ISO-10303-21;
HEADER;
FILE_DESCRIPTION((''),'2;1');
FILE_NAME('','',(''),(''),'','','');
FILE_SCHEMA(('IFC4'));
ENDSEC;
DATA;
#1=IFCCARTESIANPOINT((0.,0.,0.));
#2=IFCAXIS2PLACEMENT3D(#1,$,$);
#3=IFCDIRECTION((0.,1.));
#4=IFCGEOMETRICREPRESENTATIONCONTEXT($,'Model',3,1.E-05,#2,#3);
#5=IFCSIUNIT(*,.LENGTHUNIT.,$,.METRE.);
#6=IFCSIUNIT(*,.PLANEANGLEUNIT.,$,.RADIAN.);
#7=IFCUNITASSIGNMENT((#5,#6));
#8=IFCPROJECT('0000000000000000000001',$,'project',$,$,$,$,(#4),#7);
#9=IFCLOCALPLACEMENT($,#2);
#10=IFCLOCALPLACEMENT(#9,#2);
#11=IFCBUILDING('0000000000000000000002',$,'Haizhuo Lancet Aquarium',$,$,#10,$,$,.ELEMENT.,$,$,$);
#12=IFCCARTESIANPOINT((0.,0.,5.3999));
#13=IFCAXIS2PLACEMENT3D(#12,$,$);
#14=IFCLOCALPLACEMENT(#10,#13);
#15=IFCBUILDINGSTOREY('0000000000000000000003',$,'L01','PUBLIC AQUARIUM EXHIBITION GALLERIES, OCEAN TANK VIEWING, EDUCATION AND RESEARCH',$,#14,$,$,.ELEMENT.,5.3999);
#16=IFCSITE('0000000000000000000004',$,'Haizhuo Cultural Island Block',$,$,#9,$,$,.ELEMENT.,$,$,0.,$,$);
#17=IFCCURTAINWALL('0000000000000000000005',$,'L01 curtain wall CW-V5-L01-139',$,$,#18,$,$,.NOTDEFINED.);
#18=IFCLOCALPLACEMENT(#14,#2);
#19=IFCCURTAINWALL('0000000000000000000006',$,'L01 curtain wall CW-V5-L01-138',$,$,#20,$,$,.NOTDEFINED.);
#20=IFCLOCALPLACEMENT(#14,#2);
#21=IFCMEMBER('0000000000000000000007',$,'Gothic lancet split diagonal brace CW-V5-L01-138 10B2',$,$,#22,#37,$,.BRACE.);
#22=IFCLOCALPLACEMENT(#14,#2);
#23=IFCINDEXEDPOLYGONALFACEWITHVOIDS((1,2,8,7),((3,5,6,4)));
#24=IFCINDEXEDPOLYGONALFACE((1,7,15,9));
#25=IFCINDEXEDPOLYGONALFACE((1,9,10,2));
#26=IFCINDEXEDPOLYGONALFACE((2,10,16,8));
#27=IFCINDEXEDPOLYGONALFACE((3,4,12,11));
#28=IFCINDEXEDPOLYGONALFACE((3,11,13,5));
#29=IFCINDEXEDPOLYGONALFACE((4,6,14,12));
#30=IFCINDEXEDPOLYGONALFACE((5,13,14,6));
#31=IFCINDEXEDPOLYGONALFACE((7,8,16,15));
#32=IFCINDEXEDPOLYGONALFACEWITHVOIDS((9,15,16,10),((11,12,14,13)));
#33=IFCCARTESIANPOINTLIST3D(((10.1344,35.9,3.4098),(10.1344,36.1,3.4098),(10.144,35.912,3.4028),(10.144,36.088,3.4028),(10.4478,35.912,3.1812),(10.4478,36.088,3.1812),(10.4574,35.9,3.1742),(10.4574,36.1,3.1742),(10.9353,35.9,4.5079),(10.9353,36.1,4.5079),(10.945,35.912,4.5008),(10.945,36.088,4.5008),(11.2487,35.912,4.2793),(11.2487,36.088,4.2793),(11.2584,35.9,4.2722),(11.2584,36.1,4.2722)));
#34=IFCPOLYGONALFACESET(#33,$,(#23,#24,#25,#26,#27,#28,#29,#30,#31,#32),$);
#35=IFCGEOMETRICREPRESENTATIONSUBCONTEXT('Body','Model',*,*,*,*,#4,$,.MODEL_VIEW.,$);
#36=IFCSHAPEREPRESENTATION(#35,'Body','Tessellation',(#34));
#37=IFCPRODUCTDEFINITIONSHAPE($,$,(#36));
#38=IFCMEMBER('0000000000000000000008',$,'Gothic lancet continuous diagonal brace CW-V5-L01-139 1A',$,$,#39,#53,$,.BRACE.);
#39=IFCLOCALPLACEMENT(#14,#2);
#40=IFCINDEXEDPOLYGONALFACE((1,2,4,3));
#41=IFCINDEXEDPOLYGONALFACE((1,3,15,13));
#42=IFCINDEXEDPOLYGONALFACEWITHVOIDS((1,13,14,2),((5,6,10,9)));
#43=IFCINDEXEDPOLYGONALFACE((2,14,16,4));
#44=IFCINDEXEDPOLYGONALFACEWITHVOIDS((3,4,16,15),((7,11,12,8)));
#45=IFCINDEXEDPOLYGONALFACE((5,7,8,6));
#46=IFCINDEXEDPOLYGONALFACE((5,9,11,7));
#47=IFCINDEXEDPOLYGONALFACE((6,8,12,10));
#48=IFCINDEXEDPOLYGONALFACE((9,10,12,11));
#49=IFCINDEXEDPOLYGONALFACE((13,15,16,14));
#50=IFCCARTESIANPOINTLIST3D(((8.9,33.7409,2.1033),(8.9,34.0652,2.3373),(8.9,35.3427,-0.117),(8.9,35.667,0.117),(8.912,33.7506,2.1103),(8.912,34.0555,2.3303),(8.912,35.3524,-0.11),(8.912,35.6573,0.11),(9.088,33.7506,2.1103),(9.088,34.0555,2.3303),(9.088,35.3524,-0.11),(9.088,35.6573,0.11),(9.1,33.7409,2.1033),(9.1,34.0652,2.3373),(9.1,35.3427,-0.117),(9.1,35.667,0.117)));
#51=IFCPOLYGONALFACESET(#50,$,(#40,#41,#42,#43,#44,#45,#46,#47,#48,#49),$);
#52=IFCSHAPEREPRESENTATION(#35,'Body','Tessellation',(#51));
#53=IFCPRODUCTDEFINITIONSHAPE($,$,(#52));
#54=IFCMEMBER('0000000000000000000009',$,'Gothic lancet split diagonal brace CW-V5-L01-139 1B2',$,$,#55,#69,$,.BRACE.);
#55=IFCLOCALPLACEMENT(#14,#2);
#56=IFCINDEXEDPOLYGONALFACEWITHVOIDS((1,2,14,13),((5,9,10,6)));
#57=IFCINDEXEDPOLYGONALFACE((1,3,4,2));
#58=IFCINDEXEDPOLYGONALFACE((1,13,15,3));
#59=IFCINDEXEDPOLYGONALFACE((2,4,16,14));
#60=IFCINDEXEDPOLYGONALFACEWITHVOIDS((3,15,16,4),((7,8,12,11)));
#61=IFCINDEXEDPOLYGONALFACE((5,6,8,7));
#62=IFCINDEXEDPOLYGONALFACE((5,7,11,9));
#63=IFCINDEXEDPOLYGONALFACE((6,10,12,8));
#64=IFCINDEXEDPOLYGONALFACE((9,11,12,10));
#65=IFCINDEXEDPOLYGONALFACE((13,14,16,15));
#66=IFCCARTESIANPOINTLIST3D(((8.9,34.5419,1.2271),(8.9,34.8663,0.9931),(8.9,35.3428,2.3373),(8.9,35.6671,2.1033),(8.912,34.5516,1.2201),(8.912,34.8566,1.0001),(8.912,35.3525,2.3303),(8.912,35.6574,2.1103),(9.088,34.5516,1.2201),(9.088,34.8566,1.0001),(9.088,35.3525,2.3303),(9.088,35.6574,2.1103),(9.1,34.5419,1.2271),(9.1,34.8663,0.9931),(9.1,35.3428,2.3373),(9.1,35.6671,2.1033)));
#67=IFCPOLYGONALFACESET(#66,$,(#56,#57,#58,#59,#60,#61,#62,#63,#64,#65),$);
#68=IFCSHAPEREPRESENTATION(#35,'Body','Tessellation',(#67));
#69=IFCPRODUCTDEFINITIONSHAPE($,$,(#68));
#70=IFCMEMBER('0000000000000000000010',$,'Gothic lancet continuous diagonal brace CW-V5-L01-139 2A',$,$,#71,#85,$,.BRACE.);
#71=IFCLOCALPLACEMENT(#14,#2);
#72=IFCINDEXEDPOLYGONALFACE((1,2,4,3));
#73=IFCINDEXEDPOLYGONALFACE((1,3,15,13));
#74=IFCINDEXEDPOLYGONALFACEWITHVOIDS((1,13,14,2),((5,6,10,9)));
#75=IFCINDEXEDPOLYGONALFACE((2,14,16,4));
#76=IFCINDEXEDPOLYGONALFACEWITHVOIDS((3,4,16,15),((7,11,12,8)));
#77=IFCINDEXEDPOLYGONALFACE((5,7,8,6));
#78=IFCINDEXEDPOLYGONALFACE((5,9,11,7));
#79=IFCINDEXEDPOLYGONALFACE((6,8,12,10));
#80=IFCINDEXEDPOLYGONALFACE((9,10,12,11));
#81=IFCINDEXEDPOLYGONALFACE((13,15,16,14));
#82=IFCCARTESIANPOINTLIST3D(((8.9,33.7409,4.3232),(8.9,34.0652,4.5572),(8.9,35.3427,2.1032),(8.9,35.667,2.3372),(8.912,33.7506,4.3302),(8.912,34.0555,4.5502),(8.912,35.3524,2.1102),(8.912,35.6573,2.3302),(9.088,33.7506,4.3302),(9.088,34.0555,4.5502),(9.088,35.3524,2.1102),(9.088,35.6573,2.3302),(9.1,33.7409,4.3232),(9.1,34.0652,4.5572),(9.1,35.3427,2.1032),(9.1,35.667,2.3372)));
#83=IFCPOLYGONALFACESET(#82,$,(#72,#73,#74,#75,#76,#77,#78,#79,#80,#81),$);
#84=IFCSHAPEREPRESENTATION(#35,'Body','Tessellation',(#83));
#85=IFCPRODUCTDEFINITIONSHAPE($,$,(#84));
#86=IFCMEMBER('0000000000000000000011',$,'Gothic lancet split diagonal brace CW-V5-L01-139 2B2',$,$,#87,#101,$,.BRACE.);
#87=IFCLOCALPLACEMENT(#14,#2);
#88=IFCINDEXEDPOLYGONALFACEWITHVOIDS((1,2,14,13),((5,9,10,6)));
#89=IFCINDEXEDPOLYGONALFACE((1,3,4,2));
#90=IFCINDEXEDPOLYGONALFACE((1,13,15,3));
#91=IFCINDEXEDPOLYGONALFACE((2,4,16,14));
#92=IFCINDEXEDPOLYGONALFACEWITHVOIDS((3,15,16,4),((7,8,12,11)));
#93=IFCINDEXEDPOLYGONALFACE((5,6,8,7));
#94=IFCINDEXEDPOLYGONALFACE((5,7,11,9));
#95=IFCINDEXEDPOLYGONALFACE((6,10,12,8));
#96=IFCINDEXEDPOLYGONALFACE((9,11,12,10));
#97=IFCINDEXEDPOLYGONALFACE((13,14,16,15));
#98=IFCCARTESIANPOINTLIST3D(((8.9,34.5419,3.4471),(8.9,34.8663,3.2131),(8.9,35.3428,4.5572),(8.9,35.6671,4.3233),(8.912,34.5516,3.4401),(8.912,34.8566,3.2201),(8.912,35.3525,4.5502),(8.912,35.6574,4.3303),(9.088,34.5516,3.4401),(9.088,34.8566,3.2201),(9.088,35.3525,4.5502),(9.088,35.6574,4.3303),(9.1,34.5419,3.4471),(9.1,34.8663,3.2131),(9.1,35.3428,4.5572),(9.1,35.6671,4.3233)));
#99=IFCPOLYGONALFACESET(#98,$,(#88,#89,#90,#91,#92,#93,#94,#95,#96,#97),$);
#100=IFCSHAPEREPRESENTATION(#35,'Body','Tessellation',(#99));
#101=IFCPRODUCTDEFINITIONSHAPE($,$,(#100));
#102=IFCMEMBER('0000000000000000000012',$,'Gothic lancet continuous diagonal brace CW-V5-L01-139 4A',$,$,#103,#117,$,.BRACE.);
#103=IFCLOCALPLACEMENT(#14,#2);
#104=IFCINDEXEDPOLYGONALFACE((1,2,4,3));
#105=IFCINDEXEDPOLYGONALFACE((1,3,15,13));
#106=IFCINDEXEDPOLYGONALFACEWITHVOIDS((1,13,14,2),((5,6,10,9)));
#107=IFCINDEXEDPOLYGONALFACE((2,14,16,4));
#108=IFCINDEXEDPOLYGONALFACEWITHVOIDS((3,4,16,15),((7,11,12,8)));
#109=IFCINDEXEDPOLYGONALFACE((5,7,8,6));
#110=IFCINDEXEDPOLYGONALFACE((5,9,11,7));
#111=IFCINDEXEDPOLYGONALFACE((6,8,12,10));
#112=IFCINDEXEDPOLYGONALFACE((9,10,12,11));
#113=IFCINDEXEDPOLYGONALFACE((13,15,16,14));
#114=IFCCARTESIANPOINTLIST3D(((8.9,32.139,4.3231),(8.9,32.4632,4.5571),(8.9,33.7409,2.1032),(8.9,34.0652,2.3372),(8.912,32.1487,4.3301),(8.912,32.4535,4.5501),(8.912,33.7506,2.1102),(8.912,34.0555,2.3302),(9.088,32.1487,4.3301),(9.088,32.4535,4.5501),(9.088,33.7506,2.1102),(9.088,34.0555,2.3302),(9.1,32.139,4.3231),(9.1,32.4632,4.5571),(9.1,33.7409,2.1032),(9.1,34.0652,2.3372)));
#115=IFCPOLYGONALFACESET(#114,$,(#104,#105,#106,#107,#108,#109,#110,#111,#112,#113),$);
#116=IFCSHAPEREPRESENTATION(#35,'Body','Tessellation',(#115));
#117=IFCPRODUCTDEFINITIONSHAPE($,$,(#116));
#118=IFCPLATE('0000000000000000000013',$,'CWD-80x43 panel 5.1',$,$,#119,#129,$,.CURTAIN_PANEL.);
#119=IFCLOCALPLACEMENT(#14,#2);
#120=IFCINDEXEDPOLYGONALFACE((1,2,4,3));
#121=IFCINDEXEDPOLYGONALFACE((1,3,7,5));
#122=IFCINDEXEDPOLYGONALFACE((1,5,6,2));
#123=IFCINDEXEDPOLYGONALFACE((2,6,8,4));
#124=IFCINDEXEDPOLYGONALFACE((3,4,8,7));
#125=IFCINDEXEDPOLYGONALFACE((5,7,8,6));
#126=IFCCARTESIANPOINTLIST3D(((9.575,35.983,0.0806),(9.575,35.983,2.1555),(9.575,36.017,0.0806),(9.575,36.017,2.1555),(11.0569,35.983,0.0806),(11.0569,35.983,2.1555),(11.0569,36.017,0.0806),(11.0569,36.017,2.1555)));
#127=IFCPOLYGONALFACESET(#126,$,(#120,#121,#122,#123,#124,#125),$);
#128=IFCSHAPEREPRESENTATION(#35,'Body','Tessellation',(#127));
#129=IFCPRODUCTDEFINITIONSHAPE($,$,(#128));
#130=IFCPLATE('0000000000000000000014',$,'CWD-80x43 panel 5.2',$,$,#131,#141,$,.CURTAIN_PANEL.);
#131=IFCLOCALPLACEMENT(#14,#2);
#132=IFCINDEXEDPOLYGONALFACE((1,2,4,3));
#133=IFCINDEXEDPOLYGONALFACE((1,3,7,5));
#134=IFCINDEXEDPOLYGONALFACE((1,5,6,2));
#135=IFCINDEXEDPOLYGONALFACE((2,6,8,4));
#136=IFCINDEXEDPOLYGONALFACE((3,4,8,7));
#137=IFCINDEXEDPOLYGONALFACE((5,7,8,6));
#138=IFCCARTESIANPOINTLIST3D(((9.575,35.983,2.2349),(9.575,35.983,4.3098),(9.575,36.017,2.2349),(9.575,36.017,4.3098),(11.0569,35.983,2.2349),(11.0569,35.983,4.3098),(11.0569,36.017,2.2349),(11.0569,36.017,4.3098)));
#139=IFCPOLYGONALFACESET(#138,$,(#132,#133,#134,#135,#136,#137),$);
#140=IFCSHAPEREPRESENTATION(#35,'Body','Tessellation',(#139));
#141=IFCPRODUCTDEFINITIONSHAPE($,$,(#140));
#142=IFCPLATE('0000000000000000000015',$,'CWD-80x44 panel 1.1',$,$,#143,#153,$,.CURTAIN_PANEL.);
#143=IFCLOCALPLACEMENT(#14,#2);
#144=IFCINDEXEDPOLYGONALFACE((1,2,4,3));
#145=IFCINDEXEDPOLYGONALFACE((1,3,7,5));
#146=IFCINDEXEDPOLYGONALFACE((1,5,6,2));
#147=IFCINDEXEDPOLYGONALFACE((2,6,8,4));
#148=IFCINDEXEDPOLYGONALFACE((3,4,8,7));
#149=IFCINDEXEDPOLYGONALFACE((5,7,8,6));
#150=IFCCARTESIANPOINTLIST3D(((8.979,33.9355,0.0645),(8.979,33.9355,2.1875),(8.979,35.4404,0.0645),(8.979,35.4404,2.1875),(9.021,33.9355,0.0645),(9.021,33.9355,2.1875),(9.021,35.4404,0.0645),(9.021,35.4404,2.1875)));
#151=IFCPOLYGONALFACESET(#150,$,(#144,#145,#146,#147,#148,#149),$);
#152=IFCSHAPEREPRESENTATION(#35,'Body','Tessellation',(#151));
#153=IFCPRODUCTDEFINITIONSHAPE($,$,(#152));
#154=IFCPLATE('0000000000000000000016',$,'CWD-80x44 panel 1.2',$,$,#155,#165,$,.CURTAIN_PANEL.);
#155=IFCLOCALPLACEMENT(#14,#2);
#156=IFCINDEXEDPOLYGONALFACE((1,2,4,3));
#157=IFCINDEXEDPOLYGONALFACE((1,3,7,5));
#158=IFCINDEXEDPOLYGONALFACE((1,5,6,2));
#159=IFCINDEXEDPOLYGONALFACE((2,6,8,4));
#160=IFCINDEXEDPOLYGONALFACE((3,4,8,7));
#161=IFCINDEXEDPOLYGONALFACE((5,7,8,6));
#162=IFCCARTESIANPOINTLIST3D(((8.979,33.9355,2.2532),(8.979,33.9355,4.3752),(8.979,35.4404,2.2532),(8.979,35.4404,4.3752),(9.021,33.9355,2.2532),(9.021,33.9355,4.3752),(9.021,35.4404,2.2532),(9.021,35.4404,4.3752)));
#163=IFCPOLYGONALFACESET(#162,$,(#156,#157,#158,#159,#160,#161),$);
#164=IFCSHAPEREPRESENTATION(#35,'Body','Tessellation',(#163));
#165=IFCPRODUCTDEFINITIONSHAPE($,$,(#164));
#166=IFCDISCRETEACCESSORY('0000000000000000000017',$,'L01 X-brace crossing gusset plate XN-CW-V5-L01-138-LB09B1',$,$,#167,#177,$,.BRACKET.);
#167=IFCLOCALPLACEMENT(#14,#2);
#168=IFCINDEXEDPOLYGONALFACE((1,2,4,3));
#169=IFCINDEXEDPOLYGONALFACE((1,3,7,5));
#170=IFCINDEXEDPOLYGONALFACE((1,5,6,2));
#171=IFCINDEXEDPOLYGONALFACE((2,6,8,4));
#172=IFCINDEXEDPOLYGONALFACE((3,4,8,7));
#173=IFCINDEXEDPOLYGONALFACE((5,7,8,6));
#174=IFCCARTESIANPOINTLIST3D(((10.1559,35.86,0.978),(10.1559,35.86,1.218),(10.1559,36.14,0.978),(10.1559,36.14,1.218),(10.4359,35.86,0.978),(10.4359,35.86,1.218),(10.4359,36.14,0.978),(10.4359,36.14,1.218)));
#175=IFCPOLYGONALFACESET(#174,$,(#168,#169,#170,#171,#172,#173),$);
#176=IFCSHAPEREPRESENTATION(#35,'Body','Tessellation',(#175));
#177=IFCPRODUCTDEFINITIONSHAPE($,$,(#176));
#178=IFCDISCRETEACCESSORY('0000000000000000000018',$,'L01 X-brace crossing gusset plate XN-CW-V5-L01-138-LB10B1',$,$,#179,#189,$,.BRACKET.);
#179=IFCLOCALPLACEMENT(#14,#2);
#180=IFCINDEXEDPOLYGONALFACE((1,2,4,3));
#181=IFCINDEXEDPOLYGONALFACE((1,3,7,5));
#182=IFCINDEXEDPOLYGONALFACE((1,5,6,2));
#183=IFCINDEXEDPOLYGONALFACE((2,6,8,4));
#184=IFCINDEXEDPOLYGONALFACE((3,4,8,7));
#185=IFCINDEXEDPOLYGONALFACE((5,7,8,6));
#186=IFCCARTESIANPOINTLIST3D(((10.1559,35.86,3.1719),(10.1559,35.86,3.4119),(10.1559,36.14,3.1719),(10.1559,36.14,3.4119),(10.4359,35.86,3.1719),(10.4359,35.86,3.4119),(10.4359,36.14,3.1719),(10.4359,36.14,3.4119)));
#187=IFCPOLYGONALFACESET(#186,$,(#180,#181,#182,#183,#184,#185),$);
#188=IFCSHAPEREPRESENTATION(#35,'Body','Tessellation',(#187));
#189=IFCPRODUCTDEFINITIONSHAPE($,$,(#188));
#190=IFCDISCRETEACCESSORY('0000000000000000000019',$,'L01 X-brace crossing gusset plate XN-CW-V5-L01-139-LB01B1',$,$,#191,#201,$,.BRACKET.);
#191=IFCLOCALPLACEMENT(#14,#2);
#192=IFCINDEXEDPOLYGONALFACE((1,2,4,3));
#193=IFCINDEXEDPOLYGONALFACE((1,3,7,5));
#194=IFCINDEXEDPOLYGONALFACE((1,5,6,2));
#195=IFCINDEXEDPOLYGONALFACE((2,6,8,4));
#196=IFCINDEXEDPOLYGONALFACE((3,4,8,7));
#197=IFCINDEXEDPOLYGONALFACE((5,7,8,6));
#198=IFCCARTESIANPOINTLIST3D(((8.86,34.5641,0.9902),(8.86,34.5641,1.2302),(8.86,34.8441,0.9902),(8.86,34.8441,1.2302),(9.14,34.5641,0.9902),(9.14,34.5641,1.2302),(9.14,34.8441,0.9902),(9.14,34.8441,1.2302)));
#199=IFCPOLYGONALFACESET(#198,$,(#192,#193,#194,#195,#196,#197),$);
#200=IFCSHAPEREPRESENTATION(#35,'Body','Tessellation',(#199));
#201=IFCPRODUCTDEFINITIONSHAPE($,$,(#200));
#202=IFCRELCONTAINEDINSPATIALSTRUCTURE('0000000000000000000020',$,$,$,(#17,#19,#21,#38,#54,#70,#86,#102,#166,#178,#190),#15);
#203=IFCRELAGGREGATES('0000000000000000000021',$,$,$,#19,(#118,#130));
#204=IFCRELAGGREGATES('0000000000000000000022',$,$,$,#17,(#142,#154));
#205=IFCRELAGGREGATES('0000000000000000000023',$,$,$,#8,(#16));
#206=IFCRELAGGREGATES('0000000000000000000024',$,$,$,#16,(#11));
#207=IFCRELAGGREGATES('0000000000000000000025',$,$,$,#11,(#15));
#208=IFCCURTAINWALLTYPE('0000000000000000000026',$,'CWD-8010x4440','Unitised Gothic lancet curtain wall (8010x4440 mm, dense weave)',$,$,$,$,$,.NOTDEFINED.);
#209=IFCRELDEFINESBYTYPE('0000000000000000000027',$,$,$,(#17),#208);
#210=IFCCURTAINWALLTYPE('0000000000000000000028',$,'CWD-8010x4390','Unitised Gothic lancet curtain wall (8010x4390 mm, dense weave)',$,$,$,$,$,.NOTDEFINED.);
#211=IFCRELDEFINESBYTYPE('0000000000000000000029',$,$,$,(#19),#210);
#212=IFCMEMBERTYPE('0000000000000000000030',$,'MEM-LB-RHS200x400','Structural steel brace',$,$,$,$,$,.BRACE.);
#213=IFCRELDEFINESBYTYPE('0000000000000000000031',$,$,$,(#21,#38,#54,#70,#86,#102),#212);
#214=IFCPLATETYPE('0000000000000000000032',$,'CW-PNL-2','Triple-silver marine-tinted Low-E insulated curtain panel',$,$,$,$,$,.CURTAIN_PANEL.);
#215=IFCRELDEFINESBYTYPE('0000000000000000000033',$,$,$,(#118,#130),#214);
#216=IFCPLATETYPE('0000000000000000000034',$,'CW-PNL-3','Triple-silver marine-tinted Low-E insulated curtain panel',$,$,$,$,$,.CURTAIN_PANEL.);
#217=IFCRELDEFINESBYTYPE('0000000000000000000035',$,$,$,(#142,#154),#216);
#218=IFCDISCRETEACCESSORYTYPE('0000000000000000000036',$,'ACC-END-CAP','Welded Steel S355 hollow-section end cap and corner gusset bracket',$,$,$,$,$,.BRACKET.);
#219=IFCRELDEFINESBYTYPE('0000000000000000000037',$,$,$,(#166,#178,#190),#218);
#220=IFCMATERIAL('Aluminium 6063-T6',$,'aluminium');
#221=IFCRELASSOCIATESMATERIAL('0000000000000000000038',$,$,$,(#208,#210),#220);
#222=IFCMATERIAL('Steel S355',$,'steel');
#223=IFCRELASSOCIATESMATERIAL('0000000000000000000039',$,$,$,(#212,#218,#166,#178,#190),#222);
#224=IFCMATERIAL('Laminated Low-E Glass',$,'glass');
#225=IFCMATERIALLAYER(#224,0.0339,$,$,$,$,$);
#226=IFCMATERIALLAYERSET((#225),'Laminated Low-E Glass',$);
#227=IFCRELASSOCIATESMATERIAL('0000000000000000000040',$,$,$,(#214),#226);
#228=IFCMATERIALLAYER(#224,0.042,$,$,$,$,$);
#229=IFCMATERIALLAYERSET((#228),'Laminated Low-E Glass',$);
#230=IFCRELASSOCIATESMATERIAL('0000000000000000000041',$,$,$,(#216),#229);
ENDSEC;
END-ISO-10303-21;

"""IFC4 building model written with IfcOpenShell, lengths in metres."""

from ifc_helpers import new_model, si_unit, direction, frame, origin, origin_2d, place, context, subcontext, project, spatial, rectangle, hollow_rectangle, extrude, material, layer, layer_set, material_profile, profile_set, type_object, element, aggregate, save


model = new_model("IFC4")

# Units and contexts
model_context = context("Model", 3, precision=1e-05, world=origin(), true_north=direction((0.0, 1.0)))
body_context = subcontext(model_context, "Body", "Model", "MODEL_VIEW")
ifc_project = project(units=[si_unit("LENGTHUNIT", "METRE"), si_unit("PLANEANGLEUNIT", "RADIAN")], contexts=[model_context])

# Site, building, storey
site_placement = place(None, origin())
site = spatial("IfcSite", under=ifc_project, at=site_placement, Name="Haizhuo Cultural Island Block", CompositionType="ELEMENT", RefElevation=0.0)
building_placement = place(site_placement, origin())
building = spatial("IfcBuilding", under=site, at=building_placement, Name="Haizhuo Lancet Aquarium", CompositionType="ELEMENT")
storey_placement = place(building_placement, frame((0.0, 0.0, 5.3999)))
storey = spatial("IfcBuildingStorey", under=building, at=storey_placement, Name="L01", Description="PUBLIC AQUARIUM EXHIBITION GALLERIES, OCEAN TANK VIEWING, EDUCATION AND RESEARCH", CompositionType="ELEMENT", Elevation=5.3999)

# Curtain walls
ifc_material_1 = material(Name="Aluminium 6063-T6", Category="aluminium")
curtain_wall_type_1 = type_object("IfcCurtainWallType", Name="CWD-8010x4440", Description="Unitised Gothic lancet curtain wall (8010x4440 mm, dense weave)", PredefinedType="NOTDEFINED", material=ifc_material_1)
curtain_wall_1_placement = place(storey_placement, origin())
curtain_wall_1 = element("IfcCurtainWall", 1, at=curtain_wall_1_placement, inside=storey, type_object=curtain_wall_type_1, Name="L01 curtain wall CW-V5-L01-139", PredefinedType="NOTDEFINED")
curtain_wall_type_2 = type_object("IfcCurtainWallType", Name="CWD-8010x4390", Description="Unitised Gothic lancet curtain wall (8010x4390 mm, dense weave)", PredefinedType="NOTDEFINED", material=ifc_material_1)
curtain_wall_2_placement = place(storey_placement, origin())
curtain_wall_2 = element("IfcCurtainWall", 2, at=curtain_wall_2_placement, inside=storey, type_object=curtain_wall_type_2, Name="L01 curtain wall CW-V5-L01-138", PredefinedType="NOTDEFINED")

# Members
ifc_material_2 = material(Name="Steel S355", Category="steel")
ifc_material_profile_1 = material_profile(ifc_material_2, hollow_rectangle(XDim=0.2, YDim=0.3999, WallThickness=0.012, at=origin_2d()), Name="RHS 200x400x12")
ifc_profile_set_1 = profile_set([ifc_material_profile_1], Name="Steel S355")
member_type_1 = type_object("IfcMemberType", Name="MEM-LB-RHS200x400", Description="Structural steel brace", PredefinedType="BRACE", material=ifc_profile_set_1)
member_1_placement = place(storey_placement, frame((10.2959, 36.0, 3.292), z_axis=(0.589314, 0.0, 0.807904), x_axis=(0.0, 1.0, 0.0)))
element("IfcMember", 3, at=member_1_placement, inside=storey, type_object=member_type_1, Name="Gothic lancet split diagonal brace CW-V5-L01-138 10B2", PredefinedType="BRACE", context=body_context, shape_type="SweptSolid", body=[
    extrude(hollow_rectangle(XDim=0.2, YDim=0.3999, WallThickness=0.012, at=origin_2d()), origin(), (0.0, 0.0, 1.0), 1.3591),
])
member_2_placement = place(storey_placement, frame((9.0, 35.5049, 0.0), z_axis=(0.0, -0.585087, 0.810971), x_axis=(1.0, 0.0, 0.0)))
element("IfcMember", 4, at=member_2_placement, inside=storey, type_object=member_type_1, Name="Gothic lancet continuous diagonal brace CW-V5-L01-139 1A", PredefinedType="BRACE", context=body_context, shape_type="SweptSolid", body=[
    extrude(hollow_rectangle(XDim=0.2, YDim=0.3999, WallThickness=0.012, at=origin_2d()), origin(), (0.0, 0.0, 1.0), 2.7378),
])
member_3_placement = place(storey_placement, frame((9.0, 34.7041, 1.1101), z_axis=(0.0, 0.585028, 0.811013), x_axis=(-1.0, 0.0, 0.0)))
element("IfcMember", 5, at=member_3_placement, inside=storey, type_object=member_type_1, Name="Gothic lancet split diagonal brace CW-V5-L01-139 1B2", PredefinedType="BRACE", context=body_context, shape_type="SweptSolid", body=[
    extrude(hollow_rectangle(XDim=0.2, YDim=0.3999, WallThickness=0.012, at=origin_2d()), origin(), (0.0, 0.0, 1.0), 1.3689),
])
member_4_placement = place(storey_placement, frame((9.0, 35.5049, 2.2202), z_axis=(0.0, -0.585129, 0.81094), x_axis=(1.0, 0.0, 0.0)))
element("IfcMember", 6, at=member_4_placement, inside=storey, type_object=member_type_1, Name="Gothic lancet continuous diagonal brace CW-V5-L01-139 2A", PredefinedType="BRACE", context=body_context, shape_type="SweptSolid", body=[
    extrude(hollow_rectangle(XDim=0.2, YDim=0.3999, WallThickness=0.012, at=origin_2d()), origin(), (0.0, 0.0, 1.0), 2.7375),
])
member_5_placement = place(storey_placement, frame((9.0, 34.7041, 3.3301), z_axis=(0.0, 0.585028, 0.811013), x_axis=(-1.0, 0.0, 0.0)))
element("IfcMember", 7, at=member_5_placement, inside=storey, type_object=member_type_1, Name="Gothic lancet split diagonal brace CW-V5-L01-139 2B2", PredefinedType="BRACE", context=body_context, shape_type="SweptSolid", body=[
    extrude(hollow_rectangle(XDim=0.2, YDim=0.3999, WallThickness=0.012, at=origin_2d()), origin(), (0.0, 0.0, 1.0), 1.3689),
])
member_6_placement = place(storey_placement, frame((9.0, 33.9031, 2.2202), z_axis=(0.0, -0.585188, 0.810898), x_axis=(1.0, 0.0, 0.0)))
element("IfcMember", 8, at=member_6_placement, inside=storey, type_object=member_type_1, Name="Gothic lancet continuous diagonal brace CW-V5-L01-139 4A", PredefinedType="BRACE", context=body_context, shape_type="SweptSolid", body=[
    extrude(hollow_rectangle(XDim=0.2, YDim=0.3999, WallThickness=0.012, at=origin_2d()), origin(), (0.0, 0.0, 1.0), 2.7375),
])

# Plates
ifc_material_3 = material(Name="Laminated Low-E Glass", Category="glass")
ifc_layer_1 = layer(ifc_material_3, 0.0339)
ifc_layer_set_1 = layer_set([ifc_layer_1], Name="Laminated Low-E Glass")
plate_type_1 = type_object("IfcPlateType", Name="CW-PNL-2", Description="Triple-silver marine-tinted Low-E insulated curtain panel", PredefinedType="CURTAIN_PANEL", material=ifc_layer_set_1)
plate_1_placement = place(storey_placement, frame((10.3159, 36.0, 0.0806), z_axis=(0.0, 0.0, 1.0), x_axis=(-1.0, 0.0, 0.0)))
plate_1 = element("IfcPlate", 9, at=plate_1_placement, type_object=plate_type_1, Name="CWD-80x43 panel 5.1", PredefinedType="CURTAIN_PANEL", context=body_context, shape_type="SweptSolid", body=[
    extrude(rectangle(XDim=1.4819, YDim=0.0339, at=origin_2d()), origin(), (0.0, 0.0, 1.0), 2.075),
])
plate_2_placement = place(storey_placement, frame((10.3159, 36.0, 2.2349), z_axis=(0.0, 0.0, 1.0), x_axis=(-1.0, 0.0, 0.0)))
plate_2 = element("IfcPlate", 10, at=plate_2_placement, type_object=plate_type_1, Name="CWD-80x43 panel 5.2", PredefinedType="CURTAIN_PANEL", context=body_context, shape_type="SweptSolid", body=[
    extrude(rectangle(XDim=1.4819, YDim=0.0339, at=origin_2d()), origin(), (0.0, 0.0, 1.0), 2.075),
])
aggregate(curtain_wall_2, [plate_1, plate_2])
ifc_layer_2 = layer(ifc_material_3, 0.042)
ifc_layer_set_2 = layer_set([ifc_layer_2], Name="Laminated Low-E Glass")
plate_type_2 = type_object("IfcPlateType", Name="CW-PNL-3", Description="Triple-silver marine-tinted Low-E insulated curtain panel", PredefinedType="CURTAIN_PANEL", material=ifc_layer_set_2)
plate_3_placement = place(storey_placement, frame((9.0, 34.688, 0.0645), z_axis=(0.0, 0.0, 1.0), x_axis=(0.0, -1.0, 0.0)))
plate_3 = element("IfcPlate", 11, at=plate_3_placement, type_object=plate_type_2, Name="CWD-80x44 panel 1.1", PredefinedType="CURTAIN_PANEL", context=body_context, shape_type="SweptSolid", body=[
    extrude(rectangle(XDim=1.5049, YDim=0.042, at=origin_2d()), origin(), (0.0, 0.0, 1.0), 2.123),
])
plate_4_placement = place(storey_placement, frame((9.0, 34.688, 2.2532), z_axis=(0.0, 0.0, 1.0), x_axis=(0.0, -1.0, 0.0)))
plate_4 = element("IfcPlate", 12, at=plate_4_placement, type_object=plate_type_2, Name="CWD-80x44 panel 1.2", PredefinedType="CURTAIN_PANEL", context=body_context, shape_type="SweptSolid", body=[
    extrude(rectangle(XDim=1.5049, YDim=0.042, at=origin_2d()), origin(), (0.0, 0.0, 1.0), 2.1221),
])
aggregate(curtain_wall_1, [plate_3, plate_4])

# Discrete accessories
discrete_accessory_type = type_object("IfcDiscreteAccessoryType", Name="ACC-END-CAP", Description="Welded Steel S355 hollow-section end cap and corner gusset bracket", PredefinedType="BRACKET", material=ifc_material_2)
for number, where, z_axis, x_axis, name in (
    (13, (10.2959, 36.0, 0.978), (0.0, 0.0, 1.0), (1.0, 0.0, 0.0), "L01 X-brace crossing gusset plate XN-CW-V5-L01-138-LB09B1"),
    (14, (10.2959, 36.0, 3.1719), (0.0, 0.0, 1.0), (1.0, 0.0, 0.0), "L01 X-brace crossing gusset plate XN-CW-V5-L01-138-LB10B1"),
    (15, (9.0, 34.7041, 0.9902), (0.0, 0.0, 1.0), (1.0, 0.0, 0.0), "L01 X-brace crossing gusset plate XN-CW-V5-L01-139-LB01B1"),
):
    element("IfcDiscreteAccessory", number, at=place(storey_placement, frame(where, z_axis=z_axis, x_axis=x_axis)), inside=storey, type_object=discrete_accessory_type, material=ifc_material_2, Name=name, PredefinedType="BRACKET", context=body_context, shape_type="SweptSolid", body=[
        extrude(rectangle(XDim=0.28, YDim=0.28, at=origin_2d()), origin(), (0.0, 0.0, 1.0), 0.24),
    ])

save(model, "model.ifc")
